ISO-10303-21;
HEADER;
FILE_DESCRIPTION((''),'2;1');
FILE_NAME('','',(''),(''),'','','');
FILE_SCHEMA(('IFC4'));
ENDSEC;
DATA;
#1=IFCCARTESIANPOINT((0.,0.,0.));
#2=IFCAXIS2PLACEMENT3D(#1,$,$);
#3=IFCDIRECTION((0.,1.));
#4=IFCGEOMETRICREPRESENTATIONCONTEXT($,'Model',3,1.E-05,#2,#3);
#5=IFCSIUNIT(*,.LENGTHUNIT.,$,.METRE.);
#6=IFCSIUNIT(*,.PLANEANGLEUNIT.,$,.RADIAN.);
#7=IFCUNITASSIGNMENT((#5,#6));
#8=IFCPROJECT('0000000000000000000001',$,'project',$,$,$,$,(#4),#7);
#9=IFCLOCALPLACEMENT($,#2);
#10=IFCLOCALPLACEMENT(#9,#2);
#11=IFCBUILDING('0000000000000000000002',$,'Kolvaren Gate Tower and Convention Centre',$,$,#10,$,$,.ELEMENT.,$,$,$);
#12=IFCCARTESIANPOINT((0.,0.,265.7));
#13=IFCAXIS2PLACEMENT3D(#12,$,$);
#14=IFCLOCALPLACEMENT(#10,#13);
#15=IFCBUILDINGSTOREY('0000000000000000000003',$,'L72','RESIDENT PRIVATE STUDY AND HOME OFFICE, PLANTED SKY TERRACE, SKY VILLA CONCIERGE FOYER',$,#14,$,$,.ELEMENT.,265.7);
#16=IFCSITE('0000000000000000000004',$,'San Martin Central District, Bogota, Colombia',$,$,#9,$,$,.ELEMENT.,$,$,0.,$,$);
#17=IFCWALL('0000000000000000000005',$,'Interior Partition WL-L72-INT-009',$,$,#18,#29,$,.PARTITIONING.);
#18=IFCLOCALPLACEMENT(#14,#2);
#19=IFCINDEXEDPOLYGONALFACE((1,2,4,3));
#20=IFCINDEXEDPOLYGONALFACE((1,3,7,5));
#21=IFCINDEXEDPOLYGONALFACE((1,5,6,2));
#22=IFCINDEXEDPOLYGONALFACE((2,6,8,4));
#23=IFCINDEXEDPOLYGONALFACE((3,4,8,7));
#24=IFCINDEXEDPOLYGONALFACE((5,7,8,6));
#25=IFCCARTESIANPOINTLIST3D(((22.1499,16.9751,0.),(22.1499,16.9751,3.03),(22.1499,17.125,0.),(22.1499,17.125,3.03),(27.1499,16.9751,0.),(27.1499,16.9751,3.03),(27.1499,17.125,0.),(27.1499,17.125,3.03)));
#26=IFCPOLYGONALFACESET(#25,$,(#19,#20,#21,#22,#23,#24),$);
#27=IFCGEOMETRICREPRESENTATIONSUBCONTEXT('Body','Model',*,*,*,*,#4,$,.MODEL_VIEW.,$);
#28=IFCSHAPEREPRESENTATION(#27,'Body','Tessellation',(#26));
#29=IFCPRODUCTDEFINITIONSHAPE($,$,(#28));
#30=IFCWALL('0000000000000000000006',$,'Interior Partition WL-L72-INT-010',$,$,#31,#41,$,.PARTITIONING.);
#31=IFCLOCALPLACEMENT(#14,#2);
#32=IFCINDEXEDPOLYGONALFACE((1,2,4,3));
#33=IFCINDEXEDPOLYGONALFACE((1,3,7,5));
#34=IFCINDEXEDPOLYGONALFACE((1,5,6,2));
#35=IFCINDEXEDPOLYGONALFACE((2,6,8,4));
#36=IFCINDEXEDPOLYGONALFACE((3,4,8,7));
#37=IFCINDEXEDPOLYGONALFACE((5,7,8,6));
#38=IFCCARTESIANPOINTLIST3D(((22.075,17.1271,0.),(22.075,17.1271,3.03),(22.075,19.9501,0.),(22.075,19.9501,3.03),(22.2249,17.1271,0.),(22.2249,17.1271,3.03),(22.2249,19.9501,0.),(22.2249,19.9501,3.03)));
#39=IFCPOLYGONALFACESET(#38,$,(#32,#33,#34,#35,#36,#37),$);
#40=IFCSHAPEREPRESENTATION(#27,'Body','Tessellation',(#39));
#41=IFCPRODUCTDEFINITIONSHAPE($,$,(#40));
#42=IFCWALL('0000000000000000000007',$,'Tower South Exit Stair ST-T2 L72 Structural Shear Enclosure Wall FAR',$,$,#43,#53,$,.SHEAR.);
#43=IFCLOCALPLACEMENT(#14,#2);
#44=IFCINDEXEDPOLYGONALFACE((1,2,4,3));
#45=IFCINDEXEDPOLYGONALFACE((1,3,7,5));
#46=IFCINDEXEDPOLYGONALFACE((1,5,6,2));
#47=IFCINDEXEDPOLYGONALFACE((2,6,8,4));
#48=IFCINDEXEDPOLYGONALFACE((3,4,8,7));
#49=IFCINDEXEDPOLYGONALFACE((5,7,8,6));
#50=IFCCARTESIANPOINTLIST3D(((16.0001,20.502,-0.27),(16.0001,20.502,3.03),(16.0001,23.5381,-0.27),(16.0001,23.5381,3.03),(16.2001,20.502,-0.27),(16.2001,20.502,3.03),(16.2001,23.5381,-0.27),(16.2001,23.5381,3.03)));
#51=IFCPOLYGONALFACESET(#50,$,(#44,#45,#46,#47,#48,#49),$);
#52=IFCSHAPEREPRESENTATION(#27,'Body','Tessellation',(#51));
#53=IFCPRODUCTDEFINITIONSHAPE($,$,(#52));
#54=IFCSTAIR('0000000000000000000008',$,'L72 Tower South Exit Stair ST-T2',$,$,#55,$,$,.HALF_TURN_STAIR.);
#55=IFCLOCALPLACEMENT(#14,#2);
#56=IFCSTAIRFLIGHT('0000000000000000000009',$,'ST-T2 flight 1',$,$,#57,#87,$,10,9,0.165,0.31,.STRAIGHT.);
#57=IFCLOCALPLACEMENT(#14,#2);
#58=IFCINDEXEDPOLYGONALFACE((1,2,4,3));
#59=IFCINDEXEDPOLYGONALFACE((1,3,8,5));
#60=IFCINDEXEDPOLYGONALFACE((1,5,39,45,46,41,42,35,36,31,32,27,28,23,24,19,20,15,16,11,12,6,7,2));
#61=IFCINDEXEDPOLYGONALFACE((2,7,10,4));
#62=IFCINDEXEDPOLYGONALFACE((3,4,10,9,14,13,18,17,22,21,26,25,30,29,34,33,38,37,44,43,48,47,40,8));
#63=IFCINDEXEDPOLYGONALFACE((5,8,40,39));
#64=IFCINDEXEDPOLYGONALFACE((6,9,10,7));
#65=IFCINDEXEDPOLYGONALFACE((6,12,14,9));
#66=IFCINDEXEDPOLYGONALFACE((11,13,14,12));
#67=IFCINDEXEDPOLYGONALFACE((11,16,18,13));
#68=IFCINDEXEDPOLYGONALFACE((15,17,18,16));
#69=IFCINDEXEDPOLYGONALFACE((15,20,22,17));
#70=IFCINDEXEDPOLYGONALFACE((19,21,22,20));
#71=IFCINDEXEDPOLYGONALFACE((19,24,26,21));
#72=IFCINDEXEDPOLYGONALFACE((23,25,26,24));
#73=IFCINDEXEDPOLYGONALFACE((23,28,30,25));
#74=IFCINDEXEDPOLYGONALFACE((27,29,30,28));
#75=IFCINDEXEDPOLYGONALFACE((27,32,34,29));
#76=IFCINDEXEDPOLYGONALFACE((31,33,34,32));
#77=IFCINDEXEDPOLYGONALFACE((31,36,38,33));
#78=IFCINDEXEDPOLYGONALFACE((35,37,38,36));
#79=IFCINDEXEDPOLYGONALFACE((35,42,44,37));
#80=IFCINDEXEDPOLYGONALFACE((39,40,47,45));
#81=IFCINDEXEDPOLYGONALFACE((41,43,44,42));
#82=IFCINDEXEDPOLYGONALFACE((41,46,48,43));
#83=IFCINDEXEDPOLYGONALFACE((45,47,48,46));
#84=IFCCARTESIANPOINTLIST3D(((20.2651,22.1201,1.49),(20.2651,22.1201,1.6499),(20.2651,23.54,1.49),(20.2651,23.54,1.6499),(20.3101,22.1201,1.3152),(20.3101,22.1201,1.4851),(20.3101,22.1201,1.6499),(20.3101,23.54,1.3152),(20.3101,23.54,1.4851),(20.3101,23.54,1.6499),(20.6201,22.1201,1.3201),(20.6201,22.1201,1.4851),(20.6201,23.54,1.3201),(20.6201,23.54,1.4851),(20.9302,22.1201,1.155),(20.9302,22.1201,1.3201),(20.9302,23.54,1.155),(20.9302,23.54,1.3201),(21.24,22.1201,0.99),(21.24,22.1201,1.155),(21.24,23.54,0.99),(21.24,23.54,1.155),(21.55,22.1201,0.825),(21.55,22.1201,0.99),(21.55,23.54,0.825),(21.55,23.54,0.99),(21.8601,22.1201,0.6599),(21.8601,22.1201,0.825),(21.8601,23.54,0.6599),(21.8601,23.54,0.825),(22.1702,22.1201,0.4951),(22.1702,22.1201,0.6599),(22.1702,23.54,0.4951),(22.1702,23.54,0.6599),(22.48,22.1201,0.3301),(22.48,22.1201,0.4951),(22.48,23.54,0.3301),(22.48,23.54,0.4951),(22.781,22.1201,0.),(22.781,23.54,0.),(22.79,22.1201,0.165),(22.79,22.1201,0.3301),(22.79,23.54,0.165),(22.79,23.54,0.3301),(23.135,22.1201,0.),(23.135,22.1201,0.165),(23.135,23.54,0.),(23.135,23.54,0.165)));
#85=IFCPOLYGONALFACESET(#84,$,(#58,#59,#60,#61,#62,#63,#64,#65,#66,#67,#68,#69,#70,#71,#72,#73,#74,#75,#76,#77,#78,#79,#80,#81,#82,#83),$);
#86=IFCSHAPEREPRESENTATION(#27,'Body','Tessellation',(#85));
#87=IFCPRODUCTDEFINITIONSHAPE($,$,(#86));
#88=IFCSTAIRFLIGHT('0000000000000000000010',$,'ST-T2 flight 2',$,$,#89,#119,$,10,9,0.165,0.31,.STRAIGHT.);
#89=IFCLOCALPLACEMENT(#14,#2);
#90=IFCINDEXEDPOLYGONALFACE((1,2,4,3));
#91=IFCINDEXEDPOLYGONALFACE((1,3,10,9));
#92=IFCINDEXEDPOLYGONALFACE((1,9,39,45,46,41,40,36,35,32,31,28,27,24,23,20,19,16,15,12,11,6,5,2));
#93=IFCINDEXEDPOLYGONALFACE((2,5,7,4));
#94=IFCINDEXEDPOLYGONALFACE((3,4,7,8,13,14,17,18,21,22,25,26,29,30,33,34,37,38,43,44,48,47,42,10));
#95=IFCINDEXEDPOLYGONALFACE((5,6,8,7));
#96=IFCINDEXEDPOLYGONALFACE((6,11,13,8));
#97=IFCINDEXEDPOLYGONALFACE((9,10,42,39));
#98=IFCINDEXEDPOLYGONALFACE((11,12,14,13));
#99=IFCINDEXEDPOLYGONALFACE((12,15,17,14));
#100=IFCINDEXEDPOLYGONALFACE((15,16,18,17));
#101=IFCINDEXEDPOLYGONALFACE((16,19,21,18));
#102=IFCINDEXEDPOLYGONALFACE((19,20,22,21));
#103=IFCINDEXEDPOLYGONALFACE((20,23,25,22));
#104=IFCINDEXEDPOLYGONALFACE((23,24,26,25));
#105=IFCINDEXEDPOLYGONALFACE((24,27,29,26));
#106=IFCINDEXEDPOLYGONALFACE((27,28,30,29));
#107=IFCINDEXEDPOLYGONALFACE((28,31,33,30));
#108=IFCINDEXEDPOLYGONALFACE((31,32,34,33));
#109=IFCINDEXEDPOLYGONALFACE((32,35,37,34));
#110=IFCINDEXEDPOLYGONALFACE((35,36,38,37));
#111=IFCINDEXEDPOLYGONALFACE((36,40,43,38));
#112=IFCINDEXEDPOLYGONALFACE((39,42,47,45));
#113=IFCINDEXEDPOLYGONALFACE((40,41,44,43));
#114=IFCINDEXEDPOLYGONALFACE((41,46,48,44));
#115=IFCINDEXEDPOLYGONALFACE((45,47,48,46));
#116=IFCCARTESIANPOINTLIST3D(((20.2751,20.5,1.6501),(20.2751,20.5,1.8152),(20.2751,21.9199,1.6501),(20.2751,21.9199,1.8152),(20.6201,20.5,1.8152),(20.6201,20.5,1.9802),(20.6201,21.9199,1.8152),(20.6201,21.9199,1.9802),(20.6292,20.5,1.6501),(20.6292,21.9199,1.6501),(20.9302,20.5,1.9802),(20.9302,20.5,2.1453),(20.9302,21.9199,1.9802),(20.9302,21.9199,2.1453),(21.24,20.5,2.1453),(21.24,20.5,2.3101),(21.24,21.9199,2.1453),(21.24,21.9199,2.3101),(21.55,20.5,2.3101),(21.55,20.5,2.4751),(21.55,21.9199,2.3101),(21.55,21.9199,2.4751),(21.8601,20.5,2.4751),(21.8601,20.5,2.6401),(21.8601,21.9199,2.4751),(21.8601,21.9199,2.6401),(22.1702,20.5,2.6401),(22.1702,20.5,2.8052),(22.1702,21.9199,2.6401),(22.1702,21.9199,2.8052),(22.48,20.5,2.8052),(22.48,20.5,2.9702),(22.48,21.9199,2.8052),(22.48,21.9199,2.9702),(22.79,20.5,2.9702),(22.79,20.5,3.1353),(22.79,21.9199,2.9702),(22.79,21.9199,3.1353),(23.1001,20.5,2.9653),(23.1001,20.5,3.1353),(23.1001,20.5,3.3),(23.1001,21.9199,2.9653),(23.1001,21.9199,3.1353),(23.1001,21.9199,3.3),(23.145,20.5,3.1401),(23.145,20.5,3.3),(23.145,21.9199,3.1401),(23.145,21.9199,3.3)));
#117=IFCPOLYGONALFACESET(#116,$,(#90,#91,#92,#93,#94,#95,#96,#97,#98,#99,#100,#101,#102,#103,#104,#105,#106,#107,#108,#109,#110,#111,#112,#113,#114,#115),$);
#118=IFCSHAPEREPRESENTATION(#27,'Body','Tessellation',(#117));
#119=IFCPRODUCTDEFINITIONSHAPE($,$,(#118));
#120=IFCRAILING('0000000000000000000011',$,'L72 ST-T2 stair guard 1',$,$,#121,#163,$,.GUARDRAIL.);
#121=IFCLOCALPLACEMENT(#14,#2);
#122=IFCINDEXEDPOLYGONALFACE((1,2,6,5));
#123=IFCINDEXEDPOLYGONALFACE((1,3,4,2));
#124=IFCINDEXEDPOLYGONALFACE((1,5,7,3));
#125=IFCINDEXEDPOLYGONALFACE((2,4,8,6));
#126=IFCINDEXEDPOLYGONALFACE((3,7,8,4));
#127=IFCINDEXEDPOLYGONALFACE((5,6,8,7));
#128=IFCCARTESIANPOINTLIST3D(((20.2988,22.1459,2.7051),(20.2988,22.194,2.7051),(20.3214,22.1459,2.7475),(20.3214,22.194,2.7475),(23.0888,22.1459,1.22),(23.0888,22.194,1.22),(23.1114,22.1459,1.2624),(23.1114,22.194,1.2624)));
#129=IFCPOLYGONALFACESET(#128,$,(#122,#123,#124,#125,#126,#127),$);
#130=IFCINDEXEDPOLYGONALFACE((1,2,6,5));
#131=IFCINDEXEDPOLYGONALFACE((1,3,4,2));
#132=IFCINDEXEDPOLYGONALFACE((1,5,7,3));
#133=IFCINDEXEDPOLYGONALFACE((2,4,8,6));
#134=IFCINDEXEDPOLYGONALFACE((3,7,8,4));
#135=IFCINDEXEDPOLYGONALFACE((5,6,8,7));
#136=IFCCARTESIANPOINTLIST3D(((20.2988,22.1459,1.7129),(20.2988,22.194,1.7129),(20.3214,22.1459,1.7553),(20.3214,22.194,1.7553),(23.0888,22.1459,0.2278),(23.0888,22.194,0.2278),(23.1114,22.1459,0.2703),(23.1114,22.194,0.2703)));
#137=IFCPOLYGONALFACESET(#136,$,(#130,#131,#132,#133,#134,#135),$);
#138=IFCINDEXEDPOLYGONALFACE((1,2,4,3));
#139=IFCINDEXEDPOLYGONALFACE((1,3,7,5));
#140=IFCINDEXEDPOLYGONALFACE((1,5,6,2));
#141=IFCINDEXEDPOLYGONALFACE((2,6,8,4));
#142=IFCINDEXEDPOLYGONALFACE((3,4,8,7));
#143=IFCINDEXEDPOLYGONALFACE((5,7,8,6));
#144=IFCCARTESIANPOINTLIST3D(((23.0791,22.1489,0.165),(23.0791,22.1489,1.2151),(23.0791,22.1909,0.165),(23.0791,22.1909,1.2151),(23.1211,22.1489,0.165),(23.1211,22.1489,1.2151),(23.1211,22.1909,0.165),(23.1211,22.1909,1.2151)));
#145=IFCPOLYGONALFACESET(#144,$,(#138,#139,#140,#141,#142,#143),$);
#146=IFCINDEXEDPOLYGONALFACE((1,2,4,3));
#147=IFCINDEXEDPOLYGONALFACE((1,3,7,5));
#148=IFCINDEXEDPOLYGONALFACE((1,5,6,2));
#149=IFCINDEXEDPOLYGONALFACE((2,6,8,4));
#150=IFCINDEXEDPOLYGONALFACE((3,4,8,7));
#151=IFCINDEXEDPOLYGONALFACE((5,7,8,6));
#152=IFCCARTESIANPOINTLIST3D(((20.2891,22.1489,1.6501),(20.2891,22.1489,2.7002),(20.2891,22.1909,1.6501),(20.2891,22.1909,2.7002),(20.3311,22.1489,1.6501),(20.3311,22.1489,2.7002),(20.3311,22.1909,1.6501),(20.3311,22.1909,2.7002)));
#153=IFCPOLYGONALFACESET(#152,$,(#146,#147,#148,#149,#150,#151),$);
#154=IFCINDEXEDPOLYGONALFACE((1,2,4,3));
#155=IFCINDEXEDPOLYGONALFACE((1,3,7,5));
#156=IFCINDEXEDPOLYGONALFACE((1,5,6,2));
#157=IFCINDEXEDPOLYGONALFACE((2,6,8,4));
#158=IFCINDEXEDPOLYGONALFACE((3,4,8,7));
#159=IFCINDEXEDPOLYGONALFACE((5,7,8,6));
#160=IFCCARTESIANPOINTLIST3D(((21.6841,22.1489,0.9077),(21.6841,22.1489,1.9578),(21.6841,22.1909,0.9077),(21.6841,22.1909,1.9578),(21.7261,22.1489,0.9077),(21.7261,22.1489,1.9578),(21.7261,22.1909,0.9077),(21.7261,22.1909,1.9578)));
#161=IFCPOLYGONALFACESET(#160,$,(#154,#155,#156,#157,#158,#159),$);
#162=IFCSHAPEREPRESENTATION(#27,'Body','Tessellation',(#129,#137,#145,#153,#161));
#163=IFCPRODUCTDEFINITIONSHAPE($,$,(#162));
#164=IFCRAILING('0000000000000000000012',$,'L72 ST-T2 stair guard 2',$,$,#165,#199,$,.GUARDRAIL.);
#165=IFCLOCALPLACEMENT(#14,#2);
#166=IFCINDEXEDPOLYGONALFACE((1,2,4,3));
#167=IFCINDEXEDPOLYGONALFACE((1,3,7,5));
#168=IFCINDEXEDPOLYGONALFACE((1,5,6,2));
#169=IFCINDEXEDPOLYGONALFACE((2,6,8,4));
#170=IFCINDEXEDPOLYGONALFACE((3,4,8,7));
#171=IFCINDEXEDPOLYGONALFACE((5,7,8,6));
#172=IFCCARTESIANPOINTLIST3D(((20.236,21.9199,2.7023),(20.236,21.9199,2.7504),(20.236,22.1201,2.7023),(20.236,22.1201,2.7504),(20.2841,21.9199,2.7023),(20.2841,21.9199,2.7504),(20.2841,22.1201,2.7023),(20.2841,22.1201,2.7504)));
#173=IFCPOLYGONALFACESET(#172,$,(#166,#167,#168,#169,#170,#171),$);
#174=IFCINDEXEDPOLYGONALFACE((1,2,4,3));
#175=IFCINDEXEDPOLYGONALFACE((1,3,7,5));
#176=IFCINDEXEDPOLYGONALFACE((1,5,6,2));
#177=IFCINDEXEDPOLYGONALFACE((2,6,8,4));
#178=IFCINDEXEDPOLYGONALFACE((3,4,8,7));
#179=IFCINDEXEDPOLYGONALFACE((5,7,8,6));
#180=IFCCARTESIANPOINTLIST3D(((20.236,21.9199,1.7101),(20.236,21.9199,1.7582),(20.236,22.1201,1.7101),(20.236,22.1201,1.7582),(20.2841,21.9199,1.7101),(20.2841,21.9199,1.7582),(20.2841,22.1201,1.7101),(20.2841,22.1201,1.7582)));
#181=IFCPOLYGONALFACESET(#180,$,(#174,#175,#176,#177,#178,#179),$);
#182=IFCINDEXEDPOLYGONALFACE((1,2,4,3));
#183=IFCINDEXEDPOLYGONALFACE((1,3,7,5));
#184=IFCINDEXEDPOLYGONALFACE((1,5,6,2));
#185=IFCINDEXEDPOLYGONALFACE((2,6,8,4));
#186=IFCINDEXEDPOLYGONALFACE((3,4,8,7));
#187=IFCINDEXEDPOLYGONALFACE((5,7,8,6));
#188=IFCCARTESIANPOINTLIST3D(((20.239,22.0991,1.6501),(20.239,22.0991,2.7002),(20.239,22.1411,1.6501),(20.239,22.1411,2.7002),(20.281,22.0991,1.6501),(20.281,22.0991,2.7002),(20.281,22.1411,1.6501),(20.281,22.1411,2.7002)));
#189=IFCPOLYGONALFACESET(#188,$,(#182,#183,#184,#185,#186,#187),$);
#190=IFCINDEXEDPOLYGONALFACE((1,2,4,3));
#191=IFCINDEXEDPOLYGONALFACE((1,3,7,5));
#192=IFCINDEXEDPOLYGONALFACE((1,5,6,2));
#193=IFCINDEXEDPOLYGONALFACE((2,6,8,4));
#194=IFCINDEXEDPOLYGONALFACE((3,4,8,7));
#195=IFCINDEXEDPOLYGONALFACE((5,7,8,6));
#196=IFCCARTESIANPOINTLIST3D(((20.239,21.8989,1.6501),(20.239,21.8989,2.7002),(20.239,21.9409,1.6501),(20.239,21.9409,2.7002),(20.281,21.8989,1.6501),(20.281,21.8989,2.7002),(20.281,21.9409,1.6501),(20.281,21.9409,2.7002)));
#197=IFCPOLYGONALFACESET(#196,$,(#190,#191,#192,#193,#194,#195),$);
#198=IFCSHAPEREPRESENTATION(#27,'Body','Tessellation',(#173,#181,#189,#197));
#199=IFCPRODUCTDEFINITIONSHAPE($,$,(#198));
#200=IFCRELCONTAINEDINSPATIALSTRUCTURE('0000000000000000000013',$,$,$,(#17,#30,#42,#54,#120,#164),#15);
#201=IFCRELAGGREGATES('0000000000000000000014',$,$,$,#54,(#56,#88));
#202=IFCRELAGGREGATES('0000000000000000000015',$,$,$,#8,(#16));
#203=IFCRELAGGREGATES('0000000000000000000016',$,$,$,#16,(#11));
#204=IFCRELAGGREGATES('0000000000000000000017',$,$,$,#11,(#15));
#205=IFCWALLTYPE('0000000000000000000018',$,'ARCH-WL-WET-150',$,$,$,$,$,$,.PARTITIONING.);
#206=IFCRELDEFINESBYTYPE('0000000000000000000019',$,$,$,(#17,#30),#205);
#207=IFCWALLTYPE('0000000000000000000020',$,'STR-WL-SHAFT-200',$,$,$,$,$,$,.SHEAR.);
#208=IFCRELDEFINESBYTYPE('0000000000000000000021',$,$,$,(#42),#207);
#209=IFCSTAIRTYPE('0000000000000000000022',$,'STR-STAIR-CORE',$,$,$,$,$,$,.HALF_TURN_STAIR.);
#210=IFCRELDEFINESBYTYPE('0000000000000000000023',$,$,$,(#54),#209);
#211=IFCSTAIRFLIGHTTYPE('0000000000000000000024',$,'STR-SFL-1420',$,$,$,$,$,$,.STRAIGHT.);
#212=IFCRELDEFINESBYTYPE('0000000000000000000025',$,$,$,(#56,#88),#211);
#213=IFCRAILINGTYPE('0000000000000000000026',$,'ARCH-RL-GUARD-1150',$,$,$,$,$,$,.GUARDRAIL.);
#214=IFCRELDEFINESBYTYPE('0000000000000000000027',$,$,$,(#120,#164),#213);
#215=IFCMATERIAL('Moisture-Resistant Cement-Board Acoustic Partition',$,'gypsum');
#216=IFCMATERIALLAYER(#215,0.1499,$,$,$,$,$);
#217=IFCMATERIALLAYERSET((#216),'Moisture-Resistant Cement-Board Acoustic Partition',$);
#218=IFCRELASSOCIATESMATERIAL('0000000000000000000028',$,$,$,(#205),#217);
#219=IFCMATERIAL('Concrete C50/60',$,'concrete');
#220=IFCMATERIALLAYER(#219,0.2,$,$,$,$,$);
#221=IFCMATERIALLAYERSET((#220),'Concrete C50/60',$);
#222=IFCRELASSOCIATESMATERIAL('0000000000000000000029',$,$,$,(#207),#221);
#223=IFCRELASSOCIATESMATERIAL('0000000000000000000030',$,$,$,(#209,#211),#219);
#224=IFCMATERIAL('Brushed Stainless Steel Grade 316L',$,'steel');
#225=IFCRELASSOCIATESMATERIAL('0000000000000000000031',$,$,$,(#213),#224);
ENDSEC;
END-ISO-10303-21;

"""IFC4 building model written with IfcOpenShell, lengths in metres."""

from ifc_helpers import new_model, si_unit, direction, frame, frame_2d, origin, origin_2d, place, context, subcontext, project, spatial, polyline, rectangle, outline, extrude, material, layer, layer_set, type_object, element, aggregate, save


model = new_model("IFC4")

# Units and contexts
model_context = context("Model", 3, precision=1e-05, world=origin(), true_north=direction((0.0, 1.0)))
body_context = subcontext(model_context, "Body", "Model", "MODEL_VIEW")
ifc_project = project(units=[si_unit("LENGTHUNIT", "METRE"), si_unit("PLANEANGLEUNIT", "RADIAN")], contexts=[model_context])

# Site, building, storey
site_placement = place(None, origin())
site = spatial("IfcSite", under=ifc_project, at=site_placement, Name="San Martin Central District, Bogota, Colombia", CompositionType="ELEMENT", RefElevation=0.0)
building_placement = place(site_placement, origin())
building = spatial("IfcBuilding", under=site, at=building_placement, Name="Kolvaren Gate Tower and Convention Centre", CompositionType="ELEMENT")
storey_placement = place(building_placement, frame((0.0, 0.0, 265.7)))
storey = spatial("IfcBuildingStorey", under=building, at=storey_placement, Name="L72", Description="RESIDENT PRIVATE STUDY AND HOME OFFICE, PLANTED SKY TERRACE, SKY VILLA CONCIERGE FOYER", CompositionType="ELEMENT", Elevation=265.7)

# Walls
ifc_material_1 = material(Name="Moisture-Resistant Cement-Board Acoustic Partition", Category="gypsum")
ifc_layer_1 = layer(ifc_material_1, 0.1499)
ifc_layer_set_1 = layer_set([ifc_layer_1], Name="Moisture-Resistant Cement-Board Acoustic Partition")
wall_type_1 = type_object("IfcWallType", Name="ARCH-WL-WET-150", PredefinedType="PARTITIONING", material=ifc_layer_set_1)
wall_1_placement = place(storey_placement, frame((22.1499, 17.05, 0.0), z_axis=(0.0, 0.0, 1.0), x_axis=(1.0, 0.0, 0.0)))
element("IfcWall", 1, at=wall_1_placement, inside=storey, type_object=wall_type_1, Name="Interior Partition WL-L72-INT-009", PredefinedType="PARTITIONING", context=body_context, shape_type="SweptSolid", body=[
    extrude(rectangle(XDim=5.0, YDim=0.1499, at=frame_2d((2.5, 0.0))), origin(), (0.0, 0.0, 1.0), 3.03),
])
wall_2_placement = place(storey_placement, frame((22.1499, 17.127, 0.0), z_axis=(0.0, 0.0, 1.0), x_axis=(0.0, 1.0, 0.0)))
element("IfcWall", 2, at=wall_2_placement, inside=storey, type_object=wall_type_1, Name="Interior Partition WL-L72-INT-010", PredefinedType="PARTITIONING", context=body_context, shape_type="SweptSolid", body=[
    extrude(rectangle(XDim=2.823, YDim=0.1499, at=frame_2d((1.4116, 0.0))), origin(), (0.0, 0.0, 1.0), 3.03),
])
ifc_material_2 = material(Name="Concrete C50/60", Category="concrete")
ifc_layer_2 = layer(ifc_material_2, 0.2)
ifc_layer_set_2 = layer_set([ifc_layer_2], Name="Concrete C50/60")
wall_type_2 = type_object("IfcWallType", Name="STR-WL-SHAFT-200", PredefinedType="SHEAR", material=ifc_layer_set_2)
wall_3_placement = place(storey_placement, frame((16.1001, 20.502, -0.27), z_axis=(0.0, 0.0, 1.0), x_axis=(0.0, 1.0, 0.0)))
element("IfcWall", 3, at=wall_3_placement, inside=storey, type_object=wall_type_2, Name="Tower South Exit Stair ST-T2 L72 Structural Shear Enclosure Wall FAR", PredefinedType="SHEAR", context=body_context, shape_type="SweptSolid", body=[
    extrude(rectangle(XDim=3.0361, YDim=0.2, at=frame_2d((1.5181, 0.0))), origin(), (0.0, 0.0, 1.0), 3.3),
])

# Stair, stair flights
stair_type = type_object("IfcStairType", Name="STR-STAIR-CORE", PredefinedType="HALF_TURN_STAIR", material=ifc_material_2)
stair_placement = place(storey_placement, origin())
stair = element("IfcStair", 4, at=stair_placement, inside=storey, type_object=stair_type, Name="L72 Tower South Exit Stair ST-T2", PredefinedType="HALF_TURN_STAIR")
stair_flight_type = type_object("IfcStairFlightType", Name="STR-SFL-1420", PredefinedType="STRAIGHT", material=ifc_material_2)
stair_flight_1_placement = place(storey_placement, frame((23.1001, 22.8301, 0.0), z_axis=(0.0, 0.0, 1.0), x_axis=(-1.0, 0.0, 0.0)))
stair_flight_1 = element("IfcStairFlight", 5, at=stair_flight_1_placement, type_object=stair_flight_type, Name="ST-T2 flight 1", NumberOfRisers=10, NumberOfTreads=9, PredefinedType="STRAIGHT", RiserHeight=0.165, TreadLength=0.31, context=body_context, shape_type="SweptSolid", body=[
    extrude(outline(polyline([(-0.0349, 0.0), (-0.0349, 0.165), (0.3101, 0.165), (0.3101, 0.3301), (0.6201, 0.3301), (0.6201, 0.4951), (0.9299, 0.4951), (0.9299, 0.6599), (1.24, 0.6599), (1.24, 0.825), (1.55, 0.825), (1.55, 0.99), (1.8601, 0.99), (1.8601, 1.155), (2.1699, 1.155), (2.1699, 1.3201), (2.48, 1.3201), (2.48, 1.4851), (2.79, 1.4851), (2.79, 1.6499), (2.835, 1.6499), (2.835, 1.49), (2.79, 1.3152), (0.3191, 0.0), (-0.0349, 0.0)])), frame((0.0, 0.71, 0.0), z_axis=(0.0, -1.0, 0.0), x_axis=(1.0, 0.0, 0.0)), (0.0, 0.0, 1.0), 1.4199),
])
stair_flight_2_placement = place(storey_placement, frame((20.3101, 21.21, 1.6501), z_axis=(0.0, 0.0, 1.0), x_axis=(1.0, 0.0, 0.0)))
stair_flight_2 = element("IfcStairFlight", 6, at=stair_flight_2_placement, type_object=stair_flight_type, Name="ST-T2 flight 2", NumberOfRisers=10, NumberOfTreads=9, PredefinedType="STRAIGHT", RiserHeight=0.165, TreadLength=0.31, context=body_context, shape_type="SweptSolid", body=[
    extrude(outline(polyline([(-0.0349, 0.0), (-0.0349, 0.165), (0.3101, 0.165), (0.3101, 0.3301), (0.6201, 0.3301), (0.6201, 0.4951), (0.9299, 0.4951), (0.9299, 0.6599), (1.24, 0.6599), (1.24, 0.825), (1.55, 0.825), (1.55, 0.99), (1.8601, 0.99), (1.8601, 1.155), (2.1699, 1.155), (2.1699, 1.3201), (2.48, 1.3201), (2.48, 1.4851), (2.79, 1.4851), (2.79, 1.6499), (2.835, 1.6499), (2.835, 1.49), (2.79, 1.3152), (0.3191, 0.0), (-0.0349, 0.0)])), frame((0.0, 0.71, 0.0), z_axis=(0.0, -1.0, 0.0), x_axis=(1.0, 0.0, 0.0)), (0.0, 0.0, 1.0), 1.4199),
])
aggregate(stair, [stair_flight_1, stair_flight_2])

# Railings
ifc_material_3 = material(Name="Brushed Stainless Steel Grade 316L", Category="steel")
railing_type_1 = type_object("IfcRailingType", Name="ARCH-RL-GUARD-1150", PredefinedType="GUARDRAIL", material=ifc_material_3)
railing_1_placement = place(storey_placement, frame((23.1001, 22.1699, 0.165)))
element("IfcRailing", 7, at=railing_1_placement, inside=storey, type_object=railing_type_1, Name="L72 ST-T2 stair guard 1", PredefinedType="GUARDRAIL", context=body_context, shape_type="SweptSolid", body=[
    extrude(rectangle(XDim=0.0481, YDim=0.0481, at=origin_2d()), frame((0.0, 0.0, 1.0762), z_axis=(-0.882735, 0.0, 0.46987), x_axis=(0.0, -1.0, 0.0)), (0.0, 0.0, 1.0), 3.1606),
    extrude(rectangle(XDim=0.0481, YDim=0.0481, at=origin_2d()), frame((0.0, 0.0, 0.084), z_axis=(-0.882735, 0.0, 0.46987), x_axis=(0.0, -1.0, 0.0)), (0.0, 0.0, 1.0), 3.1606),
    extrude(rectangle(XDim=0.042, YDim=0.042, at=origin_2d()), origin(), (0.0, 0.0, 1.0), 1.05),
    extrude(rectangle(XDim=0.042, YDim=0.042, at=origin_2d()), frame((-2.79, 0.0, 1.4851)), (0.0, 0.0, 1.0), 1.05),
    extrude(rectangle(XDim=0.042, YDim=0.042, at=origin_2d()), frame((-1.395, 0.0, 0.7427)), (0.0, 0.0, 1.0), 1.05),
])
railing_2_placement = place(storey_placement, frame((20.26, 22.1201, 1.6501)))
element("IfcRailing", 8, at=railing_2_placement, inside=storey, type_object=railing_type_1, Name="L72 ST-T2 stair guard 2", PredefinedType="GUARDRAIL", context=body_context, shape_type="SweptSolid", body=[
    extrude(rectangle(XDim=0.0481, YDim=0.0481, at=origin_2d()), frame((0.0, 0.0, 1.0762), z_axis=(0.0, -1.0, 0.0), x_axis=(1.0, 0.0, 0.0)), (0.0, 0.0, 1.0), 0.2002),
    extrude(rectangle(XDim=0.0481, YDim=0.0481, at=origin_2d()), frame((0.0, 0.0, 0.084), z_axis=(0.0, -1.0, 0.0), x_axis=(1.0, 0.0, 0.0)), (0.0, 0.0, 1.0), 0.2002),
    extrude(rectangle(XDim=0.042, YDim=0.042, at=origin_2d()), origin(), (0.0, 0.0, 1.0), 1.05),
    extrude(rectangle(XDim=0.042, YDim=0.042, at=origin_2d()), frame((0.0, -0.2002, 0.0)), (0.0, 0.0, 1.0), 1.05),
])

save(model, "model.ifc")
